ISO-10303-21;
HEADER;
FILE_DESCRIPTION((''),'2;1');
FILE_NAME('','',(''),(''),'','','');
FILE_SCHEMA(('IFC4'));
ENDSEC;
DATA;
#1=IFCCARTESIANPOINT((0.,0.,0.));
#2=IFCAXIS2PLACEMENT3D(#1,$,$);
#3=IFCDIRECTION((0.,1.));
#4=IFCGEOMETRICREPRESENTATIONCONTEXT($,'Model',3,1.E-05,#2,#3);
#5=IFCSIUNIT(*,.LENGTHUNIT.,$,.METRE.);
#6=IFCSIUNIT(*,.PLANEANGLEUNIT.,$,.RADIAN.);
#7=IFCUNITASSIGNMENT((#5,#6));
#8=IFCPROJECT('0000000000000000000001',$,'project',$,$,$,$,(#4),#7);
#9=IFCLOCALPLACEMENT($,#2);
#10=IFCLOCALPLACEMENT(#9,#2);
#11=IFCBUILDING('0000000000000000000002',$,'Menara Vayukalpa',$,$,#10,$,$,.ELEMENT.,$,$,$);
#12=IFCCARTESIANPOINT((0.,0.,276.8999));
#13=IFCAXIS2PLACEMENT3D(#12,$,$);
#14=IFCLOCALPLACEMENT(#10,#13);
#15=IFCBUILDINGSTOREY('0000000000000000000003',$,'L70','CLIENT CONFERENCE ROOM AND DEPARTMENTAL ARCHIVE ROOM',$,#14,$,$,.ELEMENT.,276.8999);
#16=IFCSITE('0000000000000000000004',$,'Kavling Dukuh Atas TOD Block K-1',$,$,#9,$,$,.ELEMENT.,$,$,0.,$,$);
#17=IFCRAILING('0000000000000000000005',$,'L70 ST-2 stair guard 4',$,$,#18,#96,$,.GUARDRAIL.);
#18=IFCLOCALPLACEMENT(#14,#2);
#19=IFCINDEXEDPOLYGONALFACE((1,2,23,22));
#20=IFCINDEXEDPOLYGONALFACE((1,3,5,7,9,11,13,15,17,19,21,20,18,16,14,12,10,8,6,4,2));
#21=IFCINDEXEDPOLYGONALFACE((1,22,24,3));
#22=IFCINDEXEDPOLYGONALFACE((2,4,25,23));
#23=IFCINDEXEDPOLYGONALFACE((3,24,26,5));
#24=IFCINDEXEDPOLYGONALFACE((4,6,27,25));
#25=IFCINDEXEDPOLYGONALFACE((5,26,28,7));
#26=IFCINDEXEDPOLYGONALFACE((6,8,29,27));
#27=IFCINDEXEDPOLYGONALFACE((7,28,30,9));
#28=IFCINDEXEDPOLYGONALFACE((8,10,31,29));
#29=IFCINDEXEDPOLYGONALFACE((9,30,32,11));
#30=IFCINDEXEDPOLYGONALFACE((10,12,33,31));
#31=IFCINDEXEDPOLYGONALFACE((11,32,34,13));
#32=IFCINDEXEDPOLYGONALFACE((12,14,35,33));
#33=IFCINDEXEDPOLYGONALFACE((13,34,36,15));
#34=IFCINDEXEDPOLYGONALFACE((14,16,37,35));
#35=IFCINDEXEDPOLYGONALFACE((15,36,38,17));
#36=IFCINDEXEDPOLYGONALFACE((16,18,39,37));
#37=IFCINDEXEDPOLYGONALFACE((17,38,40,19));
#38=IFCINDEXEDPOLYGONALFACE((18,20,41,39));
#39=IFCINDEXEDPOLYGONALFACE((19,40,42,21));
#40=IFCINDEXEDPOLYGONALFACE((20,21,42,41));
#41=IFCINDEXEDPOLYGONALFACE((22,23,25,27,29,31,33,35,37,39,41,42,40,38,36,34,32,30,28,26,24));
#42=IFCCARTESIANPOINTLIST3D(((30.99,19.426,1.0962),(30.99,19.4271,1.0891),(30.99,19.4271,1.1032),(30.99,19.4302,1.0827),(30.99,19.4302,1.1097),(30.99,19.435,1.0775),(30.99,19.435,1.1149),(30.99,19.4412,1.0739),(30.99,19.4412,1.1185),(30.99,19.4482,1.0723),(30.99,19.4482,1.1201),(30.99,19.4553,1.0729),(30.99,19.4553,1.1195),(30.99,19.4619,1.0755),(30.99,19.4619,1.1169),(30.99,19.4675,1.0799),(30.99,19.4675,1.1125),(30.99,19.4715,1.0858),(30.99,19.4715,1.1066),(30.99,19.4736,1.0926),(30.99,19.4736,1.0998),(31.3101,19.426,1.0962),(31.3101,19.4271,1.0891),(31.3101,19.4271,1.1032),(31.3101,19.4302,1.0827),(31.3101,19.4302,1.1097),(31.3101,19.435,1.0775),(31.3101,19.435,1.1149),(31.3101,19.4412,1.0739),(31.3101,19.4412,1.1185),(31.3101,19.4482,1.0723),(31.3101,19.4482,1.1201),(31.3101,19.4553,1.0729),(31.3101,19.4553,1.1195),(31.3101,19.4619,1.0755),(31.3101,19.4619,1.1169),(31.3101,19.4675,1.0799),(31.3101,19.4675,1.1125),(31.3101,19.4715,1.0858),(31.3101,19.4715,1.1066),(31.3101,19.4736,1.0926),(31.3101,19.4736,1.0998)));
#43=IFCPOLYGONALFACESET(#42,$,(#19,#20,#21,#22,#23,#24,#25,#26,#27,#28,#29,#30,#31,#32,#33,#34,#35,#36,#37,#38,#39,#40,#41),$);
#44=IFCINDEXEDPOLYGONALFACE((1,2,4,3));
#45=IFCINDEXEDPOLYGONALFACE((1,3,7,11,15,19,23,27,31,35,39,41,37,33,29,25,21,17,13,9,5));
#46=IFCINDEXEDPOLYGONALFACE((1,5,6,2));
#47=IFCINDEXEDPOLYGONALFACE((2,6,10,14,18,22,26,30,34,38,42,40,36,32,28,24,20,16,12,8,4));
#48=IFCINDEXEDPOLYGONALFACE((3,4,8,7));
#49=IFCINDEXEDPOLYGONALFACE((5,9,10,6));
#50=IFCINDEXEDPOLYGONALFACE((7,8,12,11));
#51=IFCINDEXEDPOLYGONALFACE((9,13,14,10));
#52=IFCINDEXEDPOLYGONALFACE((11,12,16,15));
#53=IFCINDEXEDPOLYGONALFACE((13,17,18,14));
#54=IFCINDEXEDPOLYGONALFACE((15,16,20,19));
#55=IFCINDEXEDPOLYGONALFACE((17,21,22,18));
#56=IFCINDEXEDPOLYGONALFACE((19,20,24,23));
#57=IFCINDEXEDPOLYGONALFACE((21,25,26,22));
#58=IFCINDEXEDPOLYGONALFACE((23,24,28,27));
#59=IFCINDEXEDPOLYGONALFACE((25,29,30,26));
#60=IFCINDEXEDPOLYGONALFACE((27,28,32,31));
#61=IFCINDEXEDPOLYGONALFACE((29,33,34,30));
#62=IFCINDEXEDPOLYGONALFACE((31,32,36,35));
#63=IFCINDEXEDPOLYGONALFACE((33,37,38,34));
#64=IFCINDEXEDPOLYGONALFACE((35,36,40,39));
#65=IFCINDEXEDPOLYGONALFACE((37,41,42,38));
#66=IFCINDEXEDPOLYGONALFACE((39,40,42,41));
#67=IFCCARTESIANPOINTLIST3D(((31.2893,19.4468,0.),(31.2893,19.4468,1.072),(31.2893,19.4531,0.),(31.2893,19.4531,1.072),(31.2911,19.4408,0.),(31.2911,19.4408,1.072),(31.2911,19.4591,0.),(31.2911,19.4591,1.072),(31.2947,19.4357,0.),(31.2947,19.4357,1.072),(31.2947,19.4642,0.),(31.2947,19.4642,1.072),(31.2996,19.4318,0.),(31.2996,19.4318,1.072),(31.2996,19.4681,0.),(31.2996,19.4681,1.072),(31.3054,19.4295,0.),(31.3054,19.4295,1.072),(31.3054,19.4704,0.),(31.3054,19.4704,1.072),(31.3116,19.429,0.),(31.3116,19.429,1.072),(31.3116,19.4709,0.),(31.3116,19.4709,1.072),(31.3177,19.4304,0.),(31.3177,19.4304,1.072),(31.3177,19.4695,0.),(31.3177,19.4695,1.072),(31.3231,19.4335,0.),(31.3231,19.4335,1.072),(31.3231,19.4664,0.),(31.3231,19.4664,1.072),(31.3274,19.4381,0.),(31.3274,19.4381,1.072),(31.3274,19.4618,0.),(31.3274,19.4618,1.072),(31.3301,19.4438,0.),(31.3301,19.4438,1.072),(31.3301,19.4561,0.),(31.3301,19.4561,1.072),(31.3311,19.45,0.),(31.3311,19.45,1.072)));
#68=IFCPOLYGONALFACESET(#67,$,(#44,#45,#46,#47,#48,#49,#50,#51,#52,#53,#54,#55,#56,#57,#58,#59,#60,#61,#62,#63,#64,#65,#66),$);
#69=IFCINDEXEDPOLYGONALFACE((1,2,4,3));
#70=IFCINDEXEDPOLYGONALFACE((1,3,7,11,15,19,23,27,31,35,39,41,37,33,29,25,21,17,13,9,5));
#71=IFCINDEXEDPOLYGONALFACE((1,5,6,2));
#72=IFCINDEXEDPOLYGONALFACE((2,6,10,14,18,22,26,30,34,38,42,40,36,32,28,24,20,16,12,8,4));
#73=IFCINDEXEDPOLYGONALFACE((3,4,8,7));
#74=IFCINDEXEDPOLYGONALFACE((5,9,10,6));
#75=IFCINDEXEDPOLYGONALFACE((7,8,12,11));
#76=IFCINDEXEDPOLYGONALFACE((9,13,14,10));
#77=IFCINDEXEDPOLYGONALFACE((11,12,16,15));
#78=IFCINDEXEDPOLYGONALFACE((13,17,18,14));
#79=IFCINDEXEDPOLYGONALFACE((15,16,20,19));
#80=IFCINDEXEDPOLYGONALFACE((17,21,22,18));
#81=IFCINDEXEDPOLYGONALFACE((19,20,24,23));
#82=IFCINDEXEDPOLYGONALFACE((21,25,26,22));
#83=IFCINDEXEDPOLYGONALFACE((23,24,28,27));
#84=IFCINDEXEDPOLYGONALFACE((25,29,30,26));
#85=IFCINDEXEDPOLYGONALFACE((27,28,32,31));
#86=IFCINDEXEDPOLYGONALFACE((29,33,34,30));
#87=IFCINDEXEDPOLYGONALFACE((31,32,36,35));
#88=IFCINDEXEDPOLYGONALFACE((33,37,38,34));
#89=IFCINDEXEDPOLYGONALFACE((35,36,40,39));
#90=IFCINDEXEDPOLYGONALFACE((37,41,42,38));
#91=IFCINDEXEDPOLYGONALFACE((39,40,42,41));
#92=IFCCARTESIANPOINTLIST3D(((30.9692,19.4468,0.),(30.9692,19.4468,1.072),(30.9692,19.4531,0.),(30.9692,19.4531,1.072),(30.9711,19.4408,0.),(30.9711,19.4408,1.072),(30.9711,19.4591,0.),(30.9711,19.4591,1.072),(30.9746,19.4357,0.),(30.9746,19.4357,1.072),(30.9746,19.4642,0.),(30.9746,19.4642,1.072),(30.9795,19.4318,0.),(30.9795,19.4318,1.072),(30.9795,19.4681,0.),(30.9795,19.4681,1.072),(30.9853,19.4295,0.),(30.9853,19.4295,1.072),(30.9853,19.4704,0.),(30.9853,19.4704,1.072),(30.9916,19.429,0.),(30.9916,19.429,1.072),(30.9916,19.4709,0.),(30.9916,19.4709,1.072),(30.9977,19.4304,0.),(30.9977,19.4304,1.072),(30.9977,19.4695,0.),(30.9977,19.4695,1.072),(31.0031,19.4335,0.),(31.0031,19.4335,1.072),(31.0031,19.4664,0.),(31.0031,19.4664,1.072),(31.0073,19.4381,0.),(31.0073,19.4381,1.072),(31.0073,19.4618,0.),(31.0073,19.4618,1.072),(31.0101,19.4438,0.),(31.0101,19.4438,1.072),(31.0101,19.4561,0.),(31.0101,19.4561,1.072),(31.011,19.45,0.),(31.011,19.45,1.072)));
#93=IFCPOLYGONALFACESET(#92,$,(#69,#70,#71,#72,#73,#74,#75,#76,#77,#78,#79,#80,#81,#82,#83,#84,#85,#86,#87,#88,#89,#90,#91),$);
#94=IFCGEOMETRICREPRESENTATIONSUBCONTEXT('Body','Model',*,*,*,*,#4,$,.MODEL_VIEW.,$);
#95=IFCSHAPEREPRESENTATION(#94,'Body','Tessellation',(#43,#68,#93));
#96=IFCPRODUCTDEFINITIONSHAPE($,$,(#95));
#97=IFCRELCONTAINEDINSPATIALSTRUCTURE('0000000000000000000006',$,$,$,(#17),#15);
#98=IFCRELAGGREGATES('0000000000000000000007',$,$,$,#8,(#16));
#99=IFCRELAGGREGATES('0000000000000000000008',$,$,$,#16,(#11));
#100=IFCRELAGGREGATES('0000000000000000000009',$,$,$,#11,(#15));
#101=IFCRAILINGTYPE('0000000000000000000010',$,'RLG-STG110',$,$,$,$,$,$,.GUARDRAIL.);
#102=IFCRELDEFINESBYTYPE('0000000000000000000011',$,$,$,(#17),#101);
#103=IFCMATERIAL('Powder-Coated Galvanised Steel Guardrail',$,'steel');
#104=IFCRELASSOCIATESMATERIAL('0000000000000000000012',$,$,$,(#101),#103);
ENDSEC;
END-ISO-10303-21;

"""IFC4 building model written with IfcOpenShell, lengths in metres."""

from ifc_helpers import new_model, si_unit, direction, frame, origin, origin_2d, place, context, subcontext, project, spatial, circle, extrude, material, type_object, element, save


model = new_model("IFC4")

# Units and contexts
model_context = context("Model", 3, precision=1e-05, world=origin(), true_north=direction((0.0, 1.0)))
body_context = subcontext(model_context, "Body", "Model", "MODEL_VIEW")
ifc_project = project(units=[si_unit("LENGTHUNIT", "METRE"), si_unit("PLANEANGLEUNIT", "RADIAN")], contexts=[model_context])

# Site, building, storey
site_placement = place(None, origin())
site = spatial("IfcSite", under=ifc_project, at=site_placement, Name="Kavling Dukuh Atas TOD Block K-1", CompositionType="ELEMENT", RefElevation=0.0)
building_placement = place(site_placement, origin())
building = spatial("IfcBuilding", under=site, at=building_placement, Name="Menara Vayukalpa", CompositionType="ELEMENT")
storey_placement = place(building_placement, frame((0.0, 0.0, 276.8999)))
storey = spatial("IfcBuildingStorey", under=building, at=storey_placement, Name="L70", Description="CLIENT CONFERENCE ROOM AND DEPARTMENTAL ARCHIVE ROOM", CompositionType="ELEMENT", Elevation=276.8999)

# Railing
ifc_material_1 = material(Name="Powder-Coated Galvanised Steel Guardrail", Category="steel")
railing_type_1 = type_object("IfcRailingType", Name="RLG-STG110", PredefinedType="GUARDRAIL", material=ifc_material_1)
railing_1_placement = place(storey_placement, frame((31.3101, 19.45, 0.0)))
element("IfcRailing", 1, at=railing_1_placement, inside=storey, type_object=railing_type_1, Name="L70 ST-2 stair guard 4", PredefinedType="GUARDRAIL", context=body_context, shape_type="SweptSolid", body=[
    extrude(circle(Radius=0.0239, at=origin_2d()), frame((0.0, 0.0, 1.0962), z_axis=(-1.0, 0.0, 0.0), x_axis=(0.0, -1.0, 0.0)), (0.0, 0.0, 1.0), 0.3201),
    extrude(circle(Radius=0.021, at=origin_2d()), origin(), (0.0, 0.0, 1.0), 1.072),
    extrude(circle(Radius=0.021, at=origin_2d()), frame((-0.3201, 0.0, 0.0)), (0.0, 0.0, 1.0), 1.072),
])

save(model, "model.ifc")
